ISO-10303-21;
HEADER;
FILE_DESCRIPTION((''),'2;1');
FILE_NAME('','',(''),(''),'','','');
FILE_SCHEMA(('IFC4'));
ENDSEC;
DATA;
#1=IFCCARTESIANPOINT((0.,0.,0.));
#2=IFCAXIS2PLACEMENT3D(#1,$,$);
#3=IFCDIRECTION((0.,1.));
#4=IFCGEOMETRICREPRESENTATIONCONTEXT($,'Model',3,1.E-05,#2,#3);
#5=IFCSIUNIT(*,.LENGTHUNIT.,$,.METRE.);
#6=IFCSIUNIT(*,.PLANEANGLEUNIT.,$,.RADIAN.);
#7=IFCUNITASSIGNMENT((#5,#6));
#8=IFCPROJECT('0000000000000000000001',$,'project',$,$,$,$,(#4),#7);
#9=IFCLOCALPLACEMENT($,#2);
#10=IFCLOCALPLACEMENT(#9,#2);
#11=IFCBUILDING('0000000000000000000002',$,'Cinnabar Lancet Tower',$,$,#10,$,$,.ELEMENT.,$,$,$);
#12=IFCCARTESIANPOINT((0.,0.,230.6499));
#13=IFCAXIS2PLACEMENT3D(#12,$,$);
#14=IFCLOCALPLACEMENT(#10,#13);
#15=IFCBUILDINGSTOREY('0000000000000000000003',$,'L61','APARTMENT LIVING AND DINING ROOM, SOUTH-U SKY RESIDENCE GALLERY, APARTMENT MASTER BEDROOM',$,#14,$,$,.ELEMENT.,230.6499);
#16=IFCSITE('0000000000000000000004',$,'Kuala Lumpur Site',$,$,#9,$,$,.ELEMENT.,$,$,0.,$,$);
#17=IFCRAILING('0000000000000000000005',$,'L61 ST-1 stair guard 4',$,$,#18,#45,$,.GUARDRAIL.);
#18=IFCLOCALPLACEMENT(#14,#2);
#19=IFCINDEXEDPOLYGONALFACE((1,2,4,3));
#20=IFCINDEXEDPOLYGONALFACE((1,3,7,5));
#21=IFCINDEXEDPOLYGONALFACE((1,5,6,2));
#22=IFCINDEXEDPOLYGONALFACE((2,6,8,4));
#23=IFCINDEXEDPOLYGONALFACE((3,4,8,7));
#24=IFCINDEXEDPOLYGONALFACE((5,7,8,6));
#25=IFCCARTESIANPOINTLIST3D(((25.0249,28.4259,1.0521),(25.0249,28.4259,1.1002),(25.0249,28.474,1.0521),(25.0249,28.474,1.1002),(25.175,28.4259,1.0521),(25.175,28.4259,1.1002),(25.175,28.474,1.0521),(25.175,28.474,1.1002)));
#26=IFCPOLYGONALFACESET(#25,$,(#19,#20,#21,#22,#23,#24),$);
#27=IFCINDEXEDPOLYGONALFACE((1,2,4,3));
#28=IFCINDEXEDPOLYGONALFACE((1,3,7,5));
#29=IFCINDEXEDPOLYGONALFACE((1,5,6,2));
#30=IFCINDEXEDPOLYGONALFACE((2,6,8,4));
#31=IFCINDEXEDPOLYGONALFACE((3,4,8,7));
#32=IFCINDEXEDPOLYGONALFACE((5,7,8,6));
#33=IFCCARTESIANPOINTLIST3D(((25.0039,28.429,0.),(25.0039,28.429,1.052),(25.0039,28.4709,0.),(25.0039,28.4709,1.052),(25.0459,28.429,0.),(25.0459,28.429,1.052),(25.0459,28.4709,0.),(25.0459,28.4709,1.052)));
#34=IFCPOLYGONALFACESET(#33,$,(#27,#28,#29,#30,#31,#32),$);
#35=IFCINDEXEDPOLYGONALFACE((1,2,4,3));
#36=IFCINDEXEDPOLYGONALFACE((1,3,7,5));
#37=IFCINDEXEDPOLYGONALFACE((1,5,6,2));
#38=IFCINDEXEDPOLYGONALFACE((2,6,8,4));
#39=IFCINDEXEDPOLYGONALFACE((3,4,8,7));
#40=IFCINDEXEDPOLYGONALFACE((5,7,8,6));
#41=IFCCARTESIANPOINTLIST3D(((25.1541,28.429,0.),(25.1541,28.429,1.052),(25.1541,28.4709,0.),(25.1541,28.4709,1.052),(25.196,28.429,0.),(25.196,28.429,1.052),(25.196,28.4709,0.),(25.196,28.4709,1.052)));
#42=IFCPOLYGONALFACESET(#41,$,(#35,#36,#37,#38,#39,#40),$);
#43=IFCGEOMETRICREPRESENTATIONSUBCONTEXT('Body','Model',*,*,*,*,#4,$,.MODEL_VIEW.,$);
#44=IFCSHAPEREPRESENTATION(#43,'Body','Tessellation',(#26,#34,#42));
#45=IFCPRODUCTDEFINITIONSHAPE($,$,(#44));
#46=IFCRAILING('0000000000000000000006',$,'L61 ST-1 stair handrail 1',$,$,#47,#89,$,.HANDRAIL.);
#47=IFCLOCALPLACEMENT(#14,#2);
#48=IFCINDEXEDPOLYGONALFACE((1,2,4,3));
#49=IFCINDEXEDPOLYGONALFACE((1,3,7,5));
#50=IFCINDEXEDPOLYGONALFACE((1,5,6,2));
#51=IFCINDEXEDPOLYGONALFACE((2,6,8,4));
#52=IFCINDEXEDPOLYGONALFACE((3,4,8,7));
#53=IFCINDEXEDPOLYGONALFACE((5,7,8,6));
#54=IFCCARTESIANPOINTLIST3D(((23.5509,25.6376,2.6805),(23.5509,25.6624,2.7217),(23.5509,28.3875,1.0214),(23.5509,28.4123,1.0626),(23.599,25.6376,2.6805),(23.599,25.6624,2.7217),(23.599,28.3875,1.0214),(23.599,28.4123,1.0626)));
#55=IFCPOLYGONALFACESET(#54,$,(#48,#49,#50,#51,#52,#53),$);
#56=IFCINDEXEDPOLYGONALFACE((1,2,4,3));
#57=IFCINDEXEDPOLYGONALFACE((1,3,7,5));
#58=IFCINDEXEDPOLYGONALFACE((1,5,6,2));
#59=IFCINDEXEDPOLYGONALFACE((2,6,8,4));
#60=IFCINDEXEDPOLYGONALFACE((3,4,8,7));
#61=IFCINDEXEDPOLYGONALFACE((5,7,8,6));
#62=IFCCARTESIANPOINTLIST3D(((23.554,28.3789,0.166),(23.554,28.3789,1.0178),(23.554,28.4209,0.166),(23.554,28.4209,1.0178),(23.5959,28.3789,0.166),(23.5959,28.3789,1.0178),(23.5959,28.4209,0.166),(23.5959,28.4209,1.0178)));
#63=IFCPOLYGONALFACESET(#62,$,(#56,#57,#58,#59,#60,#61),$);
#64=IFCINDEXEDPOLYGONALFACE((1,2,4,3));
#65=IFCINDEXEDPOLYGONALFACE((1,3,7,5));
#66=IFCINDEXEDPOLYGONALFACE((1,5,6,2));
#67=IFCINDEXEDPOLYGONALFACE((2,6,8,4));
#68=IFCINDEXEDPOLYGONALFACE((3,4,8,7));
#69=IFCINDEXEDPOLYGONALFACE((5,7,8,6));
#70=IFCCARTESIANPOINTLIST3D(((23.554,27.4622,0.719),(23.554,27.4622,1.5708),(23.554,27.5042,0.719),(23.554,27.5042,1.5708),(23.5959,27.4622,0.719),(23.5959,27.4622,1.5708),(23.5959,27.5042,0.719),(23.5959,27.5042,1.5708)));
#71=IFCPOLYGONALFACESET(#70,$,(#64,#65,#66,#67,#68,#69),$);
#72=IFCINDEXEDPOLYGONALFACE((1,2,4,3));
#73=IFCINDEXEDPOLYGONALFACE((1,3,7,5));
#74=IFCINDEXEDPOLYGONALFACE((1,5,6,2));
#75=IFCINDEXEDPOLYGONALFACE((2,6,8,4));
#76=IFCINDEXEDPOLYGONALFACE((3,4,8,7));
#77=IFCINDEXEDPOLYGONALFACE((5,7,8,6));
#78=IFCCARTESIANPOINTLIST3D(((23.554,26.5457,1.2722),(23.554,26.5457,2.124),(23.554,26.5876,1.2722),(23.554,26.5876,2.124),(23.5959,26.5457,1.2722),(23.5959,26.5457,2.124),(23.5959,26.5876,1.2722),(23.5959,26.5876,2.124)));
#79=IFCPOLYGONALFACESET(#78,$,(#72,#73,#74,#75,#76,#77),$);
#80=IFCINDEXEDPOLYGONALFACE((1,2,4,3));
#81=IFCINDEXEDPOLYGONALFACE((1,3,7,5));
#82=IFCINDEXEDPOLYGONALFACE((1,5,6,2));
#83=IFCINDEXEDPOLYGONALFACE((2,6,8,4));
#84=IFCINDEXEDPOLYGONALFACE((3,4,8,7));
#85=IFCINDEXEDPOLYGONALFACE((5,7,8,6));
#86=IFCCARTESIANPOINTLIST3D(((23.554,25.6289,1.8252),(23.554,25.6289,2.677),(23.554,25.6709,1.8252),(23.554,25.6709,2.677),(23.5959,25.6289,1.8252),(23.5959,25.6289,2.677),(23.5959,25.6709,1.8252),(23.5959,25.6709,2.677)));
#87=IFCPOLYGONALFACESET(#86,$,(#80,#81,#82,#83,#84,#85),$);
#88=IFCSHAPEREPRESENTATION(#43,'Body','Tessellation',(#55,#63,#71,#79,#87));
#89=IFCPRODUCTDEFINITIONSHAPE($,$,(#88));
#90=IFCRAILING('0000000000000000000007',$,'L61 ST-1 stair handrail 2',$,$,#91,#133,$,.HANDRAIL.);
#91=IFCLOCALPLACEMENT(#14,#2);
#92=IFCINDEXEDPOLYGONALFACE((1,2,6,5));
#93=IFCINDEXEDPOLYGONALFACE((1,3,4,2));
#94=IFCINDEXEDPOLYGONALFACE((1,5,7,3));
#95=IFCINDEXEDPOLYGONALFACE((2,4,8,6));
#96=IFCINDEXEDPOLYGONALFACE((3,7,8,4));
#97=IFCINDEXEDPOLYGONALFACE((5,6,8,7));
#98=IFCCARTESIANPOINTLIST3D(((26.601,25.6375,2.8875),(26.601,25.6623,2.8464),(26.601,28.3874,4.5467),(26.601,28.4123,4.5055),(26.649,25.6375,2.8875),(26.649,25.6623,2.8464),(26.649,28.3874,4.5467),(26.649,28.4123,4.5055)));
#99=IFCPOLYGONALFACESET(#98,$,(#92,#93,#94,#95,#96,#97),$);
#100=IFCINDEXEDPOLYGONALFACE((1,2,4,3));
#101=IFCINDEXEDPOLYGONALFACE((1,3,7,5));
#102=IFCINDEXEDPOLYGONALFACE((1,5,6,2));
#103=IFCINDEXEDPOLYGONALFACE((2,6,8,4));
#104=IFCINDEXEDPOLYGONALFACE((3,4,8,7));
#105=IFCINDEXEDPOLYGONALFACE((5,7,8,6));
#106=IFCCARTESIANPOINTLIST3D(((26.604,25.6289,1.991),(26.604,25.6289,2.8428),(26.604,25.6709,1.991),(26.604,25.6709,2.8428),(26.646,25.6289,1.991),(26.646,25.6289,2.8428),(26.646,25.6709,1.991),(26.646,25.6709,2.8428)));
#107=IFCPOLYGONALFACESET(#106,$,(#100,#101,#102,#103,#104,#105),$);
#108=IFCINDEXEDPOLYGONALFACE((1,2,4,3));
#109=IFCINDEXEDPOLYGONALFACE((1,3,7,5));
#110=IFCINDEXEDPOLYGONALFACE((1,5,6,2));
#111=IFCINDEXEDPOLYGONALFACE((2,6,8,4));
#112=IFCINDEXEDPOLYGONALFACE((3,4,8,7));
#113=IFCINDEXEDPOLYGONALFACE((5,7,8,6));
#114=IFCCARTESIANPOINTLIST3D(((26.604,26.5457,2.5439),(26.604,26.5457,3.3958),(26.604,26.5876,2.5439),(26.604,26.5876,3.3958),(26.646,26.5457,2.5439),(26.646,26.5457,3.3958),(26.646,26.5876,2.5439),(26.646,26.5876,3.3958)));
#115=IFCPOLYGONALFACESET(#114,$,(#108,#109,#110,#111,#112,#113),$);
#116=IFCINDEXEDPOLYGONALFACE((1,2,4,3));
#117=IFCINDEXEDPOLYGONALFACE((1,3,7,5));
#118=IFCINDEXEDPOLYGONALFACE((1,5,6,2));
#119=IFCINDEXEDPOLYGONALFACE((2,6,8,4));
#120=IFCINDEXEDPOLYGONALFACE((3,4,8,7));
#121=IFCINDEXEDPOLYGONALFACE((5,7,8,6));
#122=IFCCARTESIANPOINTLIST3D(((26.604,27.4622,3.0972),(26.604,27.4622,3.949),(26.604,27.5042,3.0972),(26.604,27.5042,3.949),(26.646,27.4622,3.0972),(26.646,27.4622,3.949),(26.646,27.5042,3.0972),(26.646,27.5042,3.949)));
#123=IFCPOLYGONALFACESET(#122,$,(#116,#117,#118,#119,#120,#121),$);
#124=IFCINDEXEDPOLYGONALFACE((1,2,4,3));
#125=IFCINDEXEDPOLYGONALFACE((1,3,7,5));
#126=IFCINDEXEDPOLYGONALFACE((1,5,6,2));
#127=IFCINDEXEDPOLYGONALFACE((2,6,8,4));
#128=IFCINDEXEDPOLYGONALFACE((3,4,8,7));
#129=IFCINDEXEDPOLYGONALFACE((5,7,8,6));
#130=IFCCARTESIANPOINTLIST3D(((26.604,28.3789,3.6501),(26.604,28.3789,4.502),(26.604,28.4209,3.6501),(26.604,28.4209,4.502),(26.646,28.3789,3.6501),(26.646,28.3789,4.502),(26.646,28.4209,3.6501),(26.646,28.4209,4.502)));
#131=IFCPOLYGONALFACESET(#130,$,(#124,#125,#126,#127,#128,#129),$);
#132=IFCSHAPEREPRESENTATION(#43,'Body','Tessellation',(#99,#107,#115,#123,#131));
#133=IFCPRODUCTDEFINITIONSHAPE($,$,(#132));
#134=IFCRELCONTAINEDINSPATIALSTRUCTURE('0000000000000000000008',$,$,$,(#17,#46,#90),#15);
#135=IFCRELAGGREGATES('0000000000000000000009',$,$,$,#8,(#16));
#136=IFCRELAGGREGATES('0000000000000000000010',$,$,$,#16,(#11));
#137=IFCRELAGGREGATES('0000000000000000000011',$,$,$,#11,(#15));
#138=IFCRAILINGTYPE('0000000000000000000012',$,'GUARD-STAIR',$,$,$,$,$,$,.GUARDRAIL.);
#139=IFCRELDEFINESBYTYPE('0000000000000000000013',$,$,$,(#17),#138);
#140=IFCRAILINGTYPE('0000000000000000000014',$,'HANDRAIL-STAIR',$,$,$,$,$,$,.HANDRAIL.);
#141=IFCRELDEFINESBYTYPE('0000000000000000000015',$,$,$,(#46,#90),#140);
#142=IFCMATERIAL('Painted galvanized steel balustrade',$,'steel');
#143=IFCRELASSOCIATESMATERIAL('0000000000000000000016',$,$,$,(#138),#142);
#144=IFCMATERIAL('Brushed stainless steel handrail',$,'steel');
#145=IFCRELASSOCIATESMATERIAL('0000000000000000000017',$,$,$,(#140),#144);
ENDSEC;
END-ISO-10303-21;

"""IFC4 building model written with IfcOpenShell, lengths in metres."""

from ifc_helpers import new_model, si_unit, direction, frame, origin, origin_2d, place, context, subcontext, project, spatial, rectangle, extrude, material, type_object, element, save


model = new_model("IFC4")

# Units and contexts
model_context = context("Model", 3, precision=1e-05, world=origin(), true_north=direction((0.0, 1.0)))
body_context = subcontext(model_context, "Body", "Model", "MODEL_VIEW")
ifc_project = project(units=[si_unit("LENGTHUNIT", "METRE"), si_unit("PLANEANGLEUNIT", "RADIAN")], contexts=[model_context])

# Site, building, storey
site_placement = place(None, origin())
site = spatial("IfcSite", under=ifc_project, at=site_placement, Name="Kuala Lumpur Site", CompositionType="ELEMENT", RefElevation=0.0)
building_placement = place(site_placement, origin())
building = spatial("IfcBuilding", under=site, at=building_placement, Name="Cinnabar Lancet Tower", CompositionType="ELEMENT")
storey_placement = place(building_placement, frame((0.0, 0.0, 230.6499)))
storey = spatial("IfcBuildingStorey", under=building, at=storey_placement, Name="L61", Description="APARTMENT LIVING AND DINING ROOM, SOUTH-U SKY RESIDENCE GALLERY, APARTMENT MASTER BEDROOM", CompositionType="ELEMENT", Elevation=230.6499)

# Railings
ifc_material_1 = material(Name="Painted galvanized steel balustrade", Category="steel")
railing_type_1 = type_object("IfcRailingType", Name="GUARD-STAIR", PredefinedType="GUARDRAIL", material=ifc_material_1)
railing_1_placement = place(storey_placement, frame((25.0249, 28.45, 0.0)))
element("IfcRailing", 1, at=railing_1_placement, inside=storey, type_object=railing_type_1, Name="L61 ST-1 stair guard 4", PredefinedType="GUARDRAIL", context=body_context, shape_type="SweptSolid", body=[
    extrude(rectangle(XDim=0.0481, YDim=0.0481, at=origin_2d()), frame((0.0, 0.0, 1.0762), z_axis=(1.0, 0.0, 0.0), x_axis=(0.0, 1.0, 0.0)), (0.0, 0.0, 1.0), 0.1501),
    extrude(rectangle(XDim=0.042, YDim=0.042, at=origin_2d()), origin(), (0.0, 0.0, 1.0), 1.052),
    extrude(rectangle(XDim=0.042, YDim=0.042, at=origin_2d()), frame((0.1501, 0.0, 0.0)), (0.0, 0.0, 1.0), 1.052),
])
ifc_material_2 = material(Name="Brushed stainless steel handrail", Category="steel")
railing_type_2 = type_object("IfcRailingType", Name="HANDRAIL-STAIR", PredefinedType="HANDRAIL", material=ifc_material_2)
railing_2_placement = place(storey_placement, frame((23.575, 28.3999, 0.166)))
element("IfcRailing", 2, at=railing_2_placement, inside=storey, type_object=railing_type_2, Name="L61 ST-1 stair handrail 1", PredefinedType="HANDRAIL", context=body_context, shape_type="SweptSolid", body=[
    extrude(rectangle(XDim=0.0481, YDim=0.0481, at=origin_2d()), frame((0.0, 0.0, 0.876), z_axis=(0.0, -0.856229, 0.516596), x_axis=(1.0, 0.0, 0.0)), (0.0, 0.0, 1.0), 3.2117),
    extrude(rectangle(XDim=0.042, YDim=0.042, at=origin_2d()), origin(), (0.0, 0.0, 1.0), 0.8518),
    extrude(rectangle(XDim=0.042, YDim=0.042, at=origin_2d()), frame((0.0, -0.9167, 0.553)), (0.0, 0.0, 1.0), 0.8518),
    extrude(rectangle(XDim=0.042, YDim=0.042, at=origin_2d()), frame((0.0, -1.8333, 1.1062)), (0.0, 0.0, 1.0), 0.8518),
    extrude(rectangle(XDim=0.042, YDim=0.042, at=origin_2d()), frame((0.0, -2.75, 1.6592)), (0.0, 0.0, 1.0), 0.8518),
])
railing_3_placement = place(storey_placement, frame((26.625, 25.6499, 1.991)))
element("IfcRailing", 3, at=railing_3_placement, inside=storey, type_object=railing_type_2, Name="L61 ST-1 stair handrail 2", PredefinedType="HANDRAIL", context=body_context, shape_type="SweptSolid", body=[
    extrude(rectangle(XDim=0.0481, YDim=0.0481, at=origin_2d()), frame((0.0, 0.0, 0.876), z_axis=(0.0, 0.856229, 0.516596), x_axis=(-1.0, 0.0, 0.0)), (0.0, 0.0, 1.0), 3.2117),
    extrude(rectangle(XDim=0.042, YDim=0.042, at=origin_2d()), origin(), (0.0, 0.0, 1.0), 0.8518),
    extrude(rectangle(XDim=0.042, YDim=0.042, at=origin_2d()), frame((0.0, 0.9167, 0.553)), (0.0, 0.0, 1.0), 0.8518),
    extrude(rectangle(XDim=0.042, YDim=0.042, at=origin_2d()), frame((0.0, 1.8333, 1.1062)), (0.0, 0.0, 1.0), 0.8518),
    extrude(rectangle(XDim=0.042, YDim=0.042, at=origin_2d()), frame((0.0, 2.75, 1.6592)), (0.0, 0.0, 1.0), 0.8518),
])

save(model, "model.ifc")
